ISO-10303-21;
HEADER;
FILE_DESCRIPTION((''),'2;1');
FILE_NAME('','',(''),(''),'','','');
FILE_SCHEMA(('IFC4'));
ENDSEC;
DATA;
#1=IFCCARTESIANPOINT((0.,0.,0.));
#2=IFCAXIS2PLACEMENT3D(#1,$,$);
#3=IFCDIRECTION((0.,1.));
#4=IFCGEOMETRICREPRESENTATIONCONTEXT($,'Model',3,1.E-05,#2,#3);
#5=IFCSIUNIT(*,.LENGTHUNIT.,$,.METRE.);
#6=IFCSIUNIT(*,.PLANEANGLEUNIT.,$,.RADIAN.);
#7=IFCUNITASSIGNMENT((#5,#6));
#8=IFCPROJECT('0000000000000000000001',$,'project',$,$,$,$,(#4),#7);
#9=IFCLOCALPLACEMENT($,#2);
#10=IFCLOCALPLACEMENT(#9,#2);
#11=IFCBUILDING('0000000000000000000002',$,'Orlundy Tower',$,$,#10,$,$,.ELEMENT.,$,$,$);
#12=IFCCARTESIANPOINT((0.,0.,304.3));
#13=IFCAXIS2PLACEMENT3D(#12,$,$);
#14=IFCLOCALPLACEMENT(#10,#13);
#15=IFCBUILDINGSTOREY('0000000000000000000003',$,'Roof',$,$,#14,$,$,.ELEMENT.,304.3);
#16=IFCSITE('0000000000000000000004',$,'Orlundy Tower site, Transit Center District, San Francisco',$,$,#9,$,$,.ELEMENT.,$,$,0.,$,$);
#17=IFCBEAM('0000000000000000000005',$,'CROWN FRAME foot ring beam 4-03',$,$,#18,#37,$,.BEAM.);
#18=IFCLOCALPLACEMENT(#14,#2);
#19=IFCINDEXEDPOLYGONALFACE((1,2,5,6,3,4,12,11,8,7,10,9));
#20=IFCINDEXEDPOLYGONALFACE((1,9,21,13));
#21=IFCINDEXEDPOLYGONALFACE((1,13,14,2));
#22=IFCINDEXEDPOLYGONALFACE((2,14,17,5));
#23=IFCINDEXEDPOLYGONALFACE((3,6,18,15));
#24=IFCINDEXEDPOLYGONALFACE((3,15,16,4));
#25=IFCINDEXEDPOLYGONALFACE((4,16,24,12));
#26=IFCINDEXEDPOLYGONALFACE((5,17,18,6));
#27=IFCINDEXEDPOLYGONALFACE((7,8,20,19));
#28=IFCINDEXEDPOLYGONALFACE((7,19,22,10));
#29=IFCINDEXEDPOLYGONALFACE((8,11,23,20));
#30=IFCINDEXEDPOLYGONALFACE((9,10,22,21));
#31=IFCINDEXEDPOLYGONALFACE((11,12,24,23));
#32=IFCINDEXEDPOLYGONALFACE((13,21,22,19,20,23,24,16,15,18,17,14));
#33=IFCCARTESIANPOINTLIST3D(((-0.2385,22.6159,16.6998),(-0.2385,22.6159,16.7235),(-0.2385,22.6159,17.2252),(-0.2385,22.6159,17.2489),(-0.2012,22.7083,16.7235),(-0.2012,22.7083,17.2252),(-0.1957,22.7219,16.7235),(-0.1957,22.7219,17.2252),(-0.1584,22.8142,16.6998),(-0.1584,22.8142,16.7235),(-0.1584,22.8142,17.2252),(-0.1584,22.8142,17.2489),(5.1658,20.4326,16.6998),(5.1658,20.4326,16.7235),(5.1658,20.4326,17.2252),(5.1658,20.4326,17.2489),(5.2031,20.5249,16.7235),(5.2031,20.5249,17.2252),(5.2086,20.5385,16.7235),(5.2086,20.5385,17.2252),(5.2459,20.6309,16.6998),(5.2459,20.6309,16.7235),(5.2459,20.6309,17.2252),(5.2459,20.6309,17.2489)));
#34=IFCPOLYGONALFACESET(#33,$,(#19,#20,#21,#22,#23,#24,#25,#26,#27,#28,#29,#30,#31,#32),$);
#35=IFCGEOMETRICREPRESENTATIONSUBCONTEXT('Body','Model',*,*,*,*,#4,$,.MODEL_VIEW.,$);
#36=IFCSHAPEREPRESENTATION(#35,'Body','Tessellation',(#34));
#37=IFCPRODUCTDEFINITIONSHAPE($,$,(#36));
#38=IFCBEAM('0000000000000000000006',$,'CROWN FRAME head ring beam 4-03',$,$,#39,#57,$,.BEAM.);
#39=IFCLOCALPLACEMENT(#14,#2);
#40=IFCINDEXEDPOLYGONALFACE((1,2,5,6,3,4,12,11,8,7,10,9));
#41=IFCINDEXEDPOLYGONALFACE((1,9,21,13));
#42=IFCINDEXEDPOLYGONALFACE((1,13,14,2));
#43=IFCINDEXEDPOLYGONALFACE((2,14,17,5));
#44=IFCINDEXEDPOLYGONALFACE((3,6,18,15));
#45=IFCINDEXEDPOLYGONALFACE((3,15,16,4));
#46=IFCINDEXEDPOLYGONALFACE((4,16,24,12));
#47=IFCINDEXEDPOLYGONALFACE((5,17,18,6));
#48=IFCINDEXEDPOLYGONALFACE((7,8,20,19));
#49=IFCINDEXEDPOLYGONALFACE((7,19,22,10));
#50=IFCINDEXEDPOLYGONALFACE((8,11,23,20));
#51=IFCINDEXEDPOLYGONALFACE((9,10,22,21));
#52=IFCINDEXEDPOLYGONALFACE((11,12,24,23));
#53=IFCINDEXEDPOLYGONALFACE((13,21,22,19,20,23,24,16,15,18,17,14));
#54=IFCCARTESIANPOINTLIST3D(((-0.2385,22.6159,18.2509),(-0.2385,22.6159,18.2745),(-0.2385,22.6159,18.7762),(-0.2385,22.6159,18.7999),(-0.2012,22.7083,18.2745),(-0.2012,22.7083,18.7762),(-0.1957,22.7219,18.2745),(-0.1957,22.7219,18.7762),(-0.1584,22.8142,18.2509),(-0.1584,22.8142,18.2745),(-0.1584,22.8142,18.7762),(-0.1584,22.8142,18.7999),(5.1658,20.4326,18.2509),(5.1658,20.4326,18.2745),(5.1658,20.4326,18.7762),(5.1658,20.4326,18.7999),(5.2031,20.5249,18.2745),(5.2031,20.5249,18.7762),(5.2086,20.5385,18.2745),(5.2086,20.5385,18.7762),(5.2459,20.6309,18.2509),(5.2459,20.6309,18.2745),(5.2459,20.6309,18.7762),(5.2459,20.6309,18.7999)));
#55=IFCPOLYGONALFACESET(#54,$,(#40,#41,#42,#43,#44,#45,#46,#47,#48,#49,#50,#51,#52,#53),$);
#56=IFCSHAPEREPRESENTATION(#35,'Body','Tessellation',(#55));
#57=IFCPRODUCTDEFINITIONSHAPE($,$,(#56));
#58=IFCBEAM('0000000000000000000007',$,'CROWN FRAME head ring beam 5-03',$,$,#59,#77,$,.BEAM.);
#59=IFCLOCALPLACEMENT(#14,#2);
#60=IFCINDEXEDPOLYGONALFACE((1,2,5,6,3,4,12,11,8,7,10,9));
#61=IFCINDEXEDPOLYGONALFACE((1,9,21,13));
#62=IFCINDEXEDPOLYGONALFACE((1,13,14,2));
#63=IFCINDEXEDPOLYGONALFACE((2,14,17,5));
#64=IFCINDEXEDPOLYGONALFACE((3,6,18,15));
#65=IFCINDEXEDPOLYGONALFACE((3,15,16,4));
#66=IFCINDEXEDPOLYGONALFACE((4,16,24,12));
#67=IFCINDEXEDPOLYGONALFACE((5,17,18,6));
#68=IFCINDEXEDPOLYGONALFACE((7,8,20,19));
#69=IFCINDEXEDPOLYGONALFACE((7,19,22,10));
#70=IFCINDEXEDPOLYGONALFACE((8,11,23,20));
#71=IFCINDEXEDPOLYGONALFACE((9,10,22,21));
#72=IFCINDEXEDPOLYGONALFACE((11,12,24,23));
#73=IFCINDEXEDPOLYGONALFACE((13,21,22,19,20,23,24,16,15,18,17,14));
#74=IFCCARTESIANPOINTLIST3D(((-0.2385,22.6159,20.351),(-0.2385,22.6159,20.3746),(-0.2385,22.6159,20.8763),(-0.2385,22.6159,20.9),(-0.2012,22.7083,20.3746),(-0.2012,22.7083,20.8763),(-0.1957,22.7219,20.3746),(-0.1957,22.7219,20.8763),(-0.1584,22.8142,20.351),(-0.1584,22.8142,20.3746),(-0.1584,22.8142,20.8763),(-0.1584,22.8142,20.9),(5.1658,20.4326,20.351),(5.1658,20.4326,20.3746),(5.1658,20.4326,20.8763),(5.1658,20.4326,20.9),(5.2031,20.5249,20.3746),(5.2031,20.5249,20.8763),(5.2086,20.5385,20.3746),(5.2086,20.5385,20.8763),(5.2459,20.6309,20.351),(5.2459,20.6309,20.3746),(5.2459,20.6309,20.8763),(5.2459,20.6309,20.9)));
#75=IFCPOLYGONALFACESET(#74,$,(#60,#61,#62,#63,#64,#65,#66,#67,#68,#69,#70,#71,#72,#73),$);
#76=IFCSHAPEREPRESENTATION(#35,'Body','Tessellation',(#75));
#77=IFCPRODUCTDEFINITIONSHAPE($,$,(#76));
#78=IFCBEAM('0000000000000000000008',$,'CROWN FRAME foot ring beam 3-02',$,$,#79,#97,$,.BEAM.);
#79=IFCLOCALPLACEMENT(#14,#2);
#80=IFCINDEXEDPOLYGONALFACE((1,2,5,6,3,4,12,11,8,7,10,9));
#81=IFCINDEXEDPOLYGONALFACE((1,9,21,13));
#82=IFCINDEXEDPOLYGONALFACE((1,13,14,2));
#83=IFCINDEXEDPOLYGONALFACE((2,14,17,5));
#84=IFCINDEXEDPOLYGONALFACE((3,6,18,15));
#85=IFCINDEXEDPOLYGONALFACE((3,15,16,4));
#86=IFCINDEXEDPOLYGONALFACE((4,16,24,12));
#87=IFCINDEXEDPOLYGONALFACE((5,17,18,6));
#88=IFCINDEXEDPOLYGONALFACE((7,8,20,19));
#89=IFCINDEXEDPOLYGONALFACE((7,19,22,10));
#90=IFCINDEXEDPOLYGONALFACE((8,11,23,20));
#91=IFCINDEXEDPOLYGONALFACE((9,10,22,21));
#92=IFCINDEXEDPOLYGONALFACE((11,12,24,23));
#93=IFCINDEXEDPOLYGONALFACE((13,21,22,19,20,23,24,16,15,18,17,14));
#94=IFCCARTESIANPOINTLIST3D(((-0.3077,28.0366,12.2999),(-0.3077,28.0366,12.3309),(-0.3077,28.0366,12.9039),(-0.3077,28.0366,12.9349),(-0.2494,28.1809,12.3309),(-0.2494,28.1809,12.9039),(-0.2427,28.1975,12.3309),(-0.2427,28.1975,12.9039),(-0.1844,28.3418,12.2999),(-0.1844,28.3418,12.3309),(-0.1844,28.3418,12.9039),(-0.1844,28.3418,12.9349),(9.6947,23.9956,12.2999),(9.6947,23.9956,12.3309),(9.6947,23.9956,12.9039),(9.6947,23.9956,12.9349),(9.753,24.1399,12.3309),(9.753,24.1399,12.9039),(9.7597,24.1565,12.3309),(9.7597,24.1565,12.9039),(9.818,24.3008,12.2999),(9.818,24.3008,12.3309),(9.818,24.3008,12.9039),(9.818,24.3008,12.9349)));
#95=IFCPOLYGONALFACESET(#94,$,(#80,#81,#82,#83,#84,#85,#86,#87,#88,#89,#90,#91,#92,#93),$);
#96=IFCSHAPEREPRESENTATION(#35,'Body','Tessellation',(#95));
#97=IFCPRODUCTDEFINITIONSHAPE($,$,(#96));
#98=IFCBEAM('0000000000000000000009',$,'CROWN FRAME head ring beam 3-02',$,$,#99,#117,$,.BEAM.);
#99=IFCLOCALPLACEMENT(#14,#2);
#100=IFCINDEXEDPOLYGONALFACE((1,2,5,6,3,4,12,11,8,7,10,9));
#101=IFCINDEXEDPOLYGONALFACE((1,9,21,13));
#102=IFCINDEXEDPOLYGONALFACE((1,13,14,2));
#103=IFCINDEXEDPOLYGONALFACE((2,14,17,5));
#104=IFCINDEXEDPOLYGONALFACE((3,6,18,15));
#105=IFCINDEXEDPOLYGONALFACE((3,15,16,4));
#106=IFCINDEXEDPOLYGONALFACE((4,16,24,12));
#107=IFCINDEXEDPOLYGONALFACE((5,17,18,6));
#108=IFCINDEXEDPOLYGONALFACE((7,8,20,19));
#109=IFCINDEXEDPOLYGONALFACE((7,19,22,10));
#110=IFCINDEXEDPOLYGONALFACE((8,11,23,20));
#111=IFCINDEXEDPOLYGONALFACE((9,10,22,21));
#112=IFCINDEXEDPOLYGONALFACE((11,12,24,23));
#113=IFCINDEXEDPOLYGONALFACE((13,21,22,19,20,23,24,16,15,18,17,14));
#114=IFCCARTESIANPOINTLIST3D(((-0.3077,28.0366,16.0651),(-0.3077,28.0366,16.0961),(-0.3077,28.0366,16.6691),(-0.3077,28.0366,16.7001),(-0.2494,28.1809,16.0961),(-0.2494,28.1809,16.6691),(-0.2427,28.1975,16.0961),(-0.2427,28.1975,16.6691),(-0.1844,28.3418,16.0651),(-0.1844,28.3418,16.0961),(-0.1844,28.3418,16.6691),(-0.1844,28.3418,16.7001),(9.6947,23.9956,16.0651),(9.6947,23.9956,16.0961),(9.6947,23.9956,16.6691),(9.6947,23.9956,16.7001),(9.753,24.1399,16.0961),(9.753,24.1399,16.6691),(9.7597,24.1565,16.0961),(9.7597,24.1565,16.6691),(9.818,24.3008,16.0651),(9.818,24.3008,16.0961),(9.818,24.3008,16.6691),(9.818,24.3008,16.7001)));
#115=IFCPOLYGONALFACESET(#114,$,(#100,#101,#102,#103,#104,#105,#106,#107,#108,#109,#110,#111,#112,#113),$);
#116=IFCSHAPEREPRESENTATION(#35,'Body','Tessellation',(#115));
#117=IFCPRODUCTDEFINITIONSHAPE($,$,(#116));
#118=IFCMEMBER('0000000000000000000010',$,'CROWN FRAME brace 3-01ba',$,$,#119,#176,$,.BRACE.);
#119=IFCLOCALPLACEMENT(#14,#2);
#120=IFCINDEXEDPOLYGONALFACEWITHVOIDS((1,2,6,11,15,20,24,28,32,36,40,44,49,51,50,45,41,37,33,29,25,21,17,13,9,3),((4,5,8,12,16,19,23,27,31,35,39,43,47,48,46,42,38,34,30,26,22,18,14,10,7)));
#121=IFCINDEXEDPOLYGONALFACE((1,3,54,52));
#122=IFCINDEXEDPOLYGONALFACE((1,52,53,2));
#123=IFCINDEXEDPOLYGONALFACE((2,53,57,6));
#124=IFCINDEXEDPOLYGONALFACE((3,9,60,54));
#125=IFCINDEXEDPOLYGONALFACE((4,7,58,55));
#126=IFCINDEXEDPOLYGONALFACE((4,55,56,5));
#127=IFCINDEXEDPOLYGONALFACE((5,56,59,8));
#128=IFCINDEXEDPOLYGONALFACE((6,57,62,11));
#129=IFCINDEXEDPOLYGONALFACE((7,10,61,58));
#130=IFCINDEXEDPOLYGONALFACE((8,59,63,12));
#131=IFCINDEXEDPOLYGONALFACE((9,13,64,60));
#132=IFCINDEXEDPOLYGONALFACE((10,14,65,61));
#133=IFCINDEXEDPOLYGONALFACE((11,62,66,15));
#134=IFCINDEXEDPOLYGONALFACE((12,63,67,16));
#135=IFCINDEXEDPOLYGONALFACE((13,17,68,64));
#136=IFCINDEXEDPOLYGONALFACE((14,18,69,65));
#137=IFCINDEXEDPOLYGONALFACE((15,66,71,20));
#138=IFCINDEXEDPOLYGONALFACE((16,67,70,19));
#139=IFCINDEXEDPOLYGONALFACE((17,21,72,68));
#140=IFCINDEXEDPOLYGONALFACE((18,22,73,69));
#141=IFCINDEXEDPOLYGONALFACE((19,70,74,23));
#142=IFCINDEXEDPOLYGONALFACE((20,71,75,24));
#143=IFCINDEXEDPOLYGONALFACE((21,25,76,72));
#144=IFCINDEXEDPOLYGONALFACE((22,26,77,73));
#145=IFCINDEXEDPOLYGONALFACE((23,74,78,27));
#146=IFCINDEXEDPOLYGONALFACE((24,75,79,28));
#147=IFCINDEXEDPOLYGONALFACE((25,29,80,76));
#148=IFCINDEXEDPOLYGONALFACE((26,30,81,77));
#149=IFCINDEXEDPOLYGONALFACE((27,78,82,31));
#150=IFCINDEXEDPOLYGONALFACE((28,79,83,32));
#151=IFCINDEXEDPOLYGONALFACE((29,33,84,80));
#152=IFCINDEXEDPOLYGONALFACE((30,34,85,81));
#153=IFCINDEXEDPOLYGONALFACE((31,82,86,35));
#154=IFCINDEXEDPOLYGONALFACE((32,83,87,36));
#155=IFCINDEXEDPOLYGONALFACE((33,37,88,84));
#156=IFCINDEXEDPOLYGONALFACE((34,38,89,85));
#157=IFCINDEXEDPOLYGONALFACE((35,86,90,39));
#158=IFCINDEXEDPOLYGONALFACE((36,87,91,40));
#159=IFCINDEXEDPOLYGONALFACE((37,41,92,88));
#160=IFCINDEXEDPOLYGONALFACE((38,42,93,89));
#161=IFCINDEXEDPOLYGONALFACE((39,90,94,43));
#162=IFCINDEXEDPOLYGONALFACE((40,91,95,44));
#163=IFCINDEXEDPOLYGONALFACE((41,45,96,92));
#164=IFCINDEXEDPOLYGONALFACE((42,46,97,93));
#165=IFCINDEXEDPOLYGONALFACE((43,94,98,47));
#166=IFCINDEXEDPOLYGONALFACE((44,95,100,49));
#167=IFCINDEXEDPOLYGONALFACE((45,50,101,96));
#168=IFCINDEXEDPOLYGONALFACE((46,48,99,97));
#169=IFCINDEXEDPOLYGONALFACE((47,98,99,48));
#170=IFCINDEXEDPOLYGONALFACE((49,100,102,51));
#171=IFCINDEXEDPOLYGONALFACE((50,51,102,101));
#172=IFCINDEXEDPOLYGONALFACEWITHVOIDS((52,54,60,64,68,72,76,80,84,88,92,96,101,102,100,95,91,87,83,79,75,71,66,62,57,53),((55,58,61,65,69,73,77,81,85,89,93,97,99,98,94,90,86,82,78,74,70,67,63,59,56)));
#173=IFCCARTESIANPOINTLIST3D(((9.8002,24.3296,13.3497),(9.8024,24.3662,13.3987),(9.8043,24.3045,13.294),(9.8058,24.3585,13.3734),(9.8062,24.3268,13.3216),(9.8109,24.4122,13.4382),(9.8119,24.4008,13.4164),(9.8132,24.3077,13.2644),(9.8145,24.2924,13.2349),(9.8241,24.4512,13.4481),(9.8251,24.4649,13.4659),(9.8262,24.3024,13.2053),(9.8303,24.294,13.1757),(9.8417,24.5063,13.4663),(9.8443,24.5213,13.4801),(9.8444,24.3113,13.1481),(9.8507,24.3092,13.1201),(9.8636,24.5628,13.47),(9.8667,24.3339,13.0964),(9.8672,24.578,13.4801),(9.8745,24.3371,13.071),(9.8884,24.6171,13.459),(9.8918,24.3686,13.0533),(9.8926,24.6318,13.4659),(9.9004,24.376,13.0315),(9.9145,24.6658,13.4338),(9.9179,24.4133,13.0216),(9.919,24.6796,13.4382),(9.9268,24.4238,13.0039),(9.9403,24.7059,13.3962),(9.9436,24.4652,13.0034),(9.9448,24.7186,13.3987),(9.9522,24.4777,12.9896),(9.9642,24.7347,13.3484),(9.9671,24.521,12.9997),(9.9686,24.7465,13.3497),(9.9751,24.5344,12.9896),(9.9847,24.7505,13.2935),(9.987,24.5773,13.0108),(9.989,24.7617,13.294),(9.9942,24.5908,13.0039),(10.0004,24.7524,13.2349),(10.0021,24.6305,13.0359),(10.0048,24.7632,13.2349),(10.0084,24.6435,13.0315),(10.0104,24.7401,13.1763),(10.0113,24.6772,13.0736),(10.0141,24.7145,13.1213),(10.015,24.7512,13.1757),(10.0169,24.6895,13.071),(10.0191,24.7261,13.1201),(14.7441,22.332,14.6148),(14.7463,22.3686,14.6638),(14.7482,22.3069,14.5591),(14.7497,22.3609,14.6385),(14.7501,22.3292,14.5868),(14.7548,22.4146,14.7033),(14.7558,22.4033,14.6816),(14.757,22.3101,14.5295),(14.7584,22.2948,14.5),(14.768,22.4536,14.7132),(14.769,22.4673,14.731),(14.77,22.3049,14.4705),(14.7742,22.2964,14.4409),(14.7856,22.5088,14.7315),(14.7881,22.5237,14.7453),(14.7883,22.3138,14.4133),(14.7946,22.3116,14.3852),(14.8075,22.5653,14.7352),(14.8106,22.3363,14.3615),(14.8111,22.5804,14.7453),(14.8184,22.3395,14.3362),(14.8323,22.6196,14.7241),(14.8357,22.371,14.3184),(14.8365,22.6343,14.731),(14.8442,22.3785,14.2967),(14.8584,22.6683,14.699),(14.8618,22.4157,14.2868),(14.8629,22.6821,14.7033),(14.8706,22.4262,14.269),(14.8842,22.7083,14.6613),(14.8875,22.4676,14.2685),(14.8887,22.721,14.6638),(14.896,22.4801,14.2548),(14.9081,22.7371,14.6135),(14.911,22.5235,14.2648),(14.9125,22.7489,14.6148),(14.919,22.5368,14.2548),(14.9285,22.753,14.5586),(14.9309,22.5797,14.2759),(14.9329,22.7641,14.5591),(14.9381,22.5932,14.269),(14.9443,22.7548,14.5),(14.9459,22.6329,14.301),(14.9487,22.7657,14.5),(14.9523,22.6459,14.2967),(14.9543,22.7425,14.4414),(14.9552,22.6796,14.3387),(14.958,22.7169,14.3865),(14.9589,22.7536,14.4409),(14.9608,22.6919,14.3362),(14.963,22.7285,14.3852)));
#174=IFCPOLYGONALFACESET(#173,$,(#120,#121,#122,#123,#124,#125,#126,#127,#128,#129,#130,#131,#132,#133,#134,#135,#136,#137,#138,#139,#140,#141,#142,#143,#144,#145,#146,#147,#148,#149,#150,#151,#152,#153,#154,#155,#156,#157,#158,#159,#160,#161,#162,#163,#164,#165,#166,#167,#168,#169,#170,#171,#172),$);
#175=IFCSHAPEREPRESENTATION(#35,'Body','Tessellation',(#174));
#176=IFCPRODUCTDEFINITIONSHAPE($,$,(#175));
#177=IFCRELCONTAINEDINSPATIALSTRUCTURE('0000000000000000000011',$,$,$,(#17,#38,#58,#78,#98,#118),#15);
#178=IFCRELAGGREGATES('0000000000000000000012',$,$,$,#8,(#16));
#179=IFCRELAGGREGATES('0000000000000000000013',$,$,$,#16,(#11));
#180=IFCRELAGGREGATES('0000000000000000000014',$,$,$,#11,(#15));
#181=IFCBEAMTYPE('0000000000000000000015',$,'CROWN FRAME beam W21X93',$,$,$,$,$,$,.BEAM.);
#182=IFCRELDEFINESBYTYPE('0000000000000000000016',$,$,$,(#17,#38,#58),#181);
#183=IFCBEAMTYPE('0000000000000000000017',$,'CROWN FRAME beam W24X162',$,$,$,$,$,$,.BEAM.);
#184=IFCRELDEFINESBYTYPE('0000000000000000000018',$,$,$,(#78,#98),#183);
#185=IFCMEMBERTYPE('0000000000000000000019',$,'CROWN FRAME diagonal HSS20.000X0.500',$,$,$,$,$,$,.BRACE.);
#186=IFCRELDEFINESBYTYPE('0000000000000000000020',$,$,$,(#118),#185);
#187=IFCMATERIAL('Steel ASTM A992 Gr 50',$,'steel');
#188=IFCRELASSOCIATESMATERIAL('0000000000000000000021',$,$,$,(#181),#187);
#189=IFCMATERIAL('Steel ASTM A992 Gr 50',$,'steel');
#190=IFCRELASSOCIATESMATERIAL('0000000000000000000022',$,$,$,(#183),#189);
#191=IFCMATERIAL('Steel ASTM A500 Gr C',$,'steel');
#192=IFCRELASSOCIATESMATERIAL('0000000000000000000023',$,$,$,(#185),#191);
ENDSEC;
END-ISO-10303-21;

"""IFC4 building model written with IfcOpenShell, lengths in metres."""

from ifc_helpers import new_model, si_unit, direction, frame, origin, origin_2d, place, context, subcontext, project, spatial, hollow_circle, i_section, extrude, material, material_profile, profile_set, type_object, element, save


model = new_model("IFC4")

# Units and contexts
model_context = context("Model", 3, precision=1e-05, world=origin(), true_north=direction((0.0, 1.0)))
body_context = subcontext(model_context, "Body", "Model", "MODEL_VIEW")
ifc_project = project(units=[si_unit("LENGTHUNIT", "METRE"), si_unit("PLANEANGLEUNIT", "RADIAN")], contexts=[model_context])

# Site, building, storey
site_placement = place(None, origin())
site = spatial("IfcSite", under=ifc_project, at=site_placement, Name="Orlundy Tower site, Transit Center District, San Francisco", CompositionType="ELEMENT", RefElevation=0.0)
building_placement = place(site_placement, origin())
building = spatial("IfcBuilding", under=site, at=building_placement, Name="Orlundy Tower", CompositionType="ELEMENT")
storey_placement = place(building_placement, frame((0.0, 0.0, 304.3)))
storey = spatial("IfcBuildingStorey", under=building, at=storey_placement, Name="Roof", CompositionType="ELEMENT", Elevation=304.3)

# Beams
ifc_material_1 = material(Name="Steel ASTM A992 Gr 50", Category="steel")
ifc_material_profile_1 = material_profile(ifc_material_1, i_section(OverallWidth=0.2139, OverallDepth=0.5491, WebThickness=0.0146, FlangeThickness=0.0237, at=origin_2d()), Name="W21X93")
ifc_profile_set_1 = profile_set([ifc_material_profile_1], Name="Steel ASTM A992 Gr 50")
beam_type_1 = type_object("IfcBeamType", Name="CROWN FRAME beam W21X93", PredefinedType="BEAM", material=ifc_profile_set_1)
for number, where, z_axis, x_axis, name in (
    (1, (5.2058, 20.5317, 16.9744), (-0.927191, 0.374588, 0.0), (-0.374588, -0.927191, 0.0), "CROWN FRAME foot ring beam 4-03"),
    (2, (5.2058, 20.5317, 18.5254), (-0.927191, 0.374588, 0.0), (-0.374588, -0.927191, 0.0), "CROWN FRAME head ring beam 4-03"),
    (3, (5.2058, 20.5317, 20.6255), (-0.927191, 0.374588, 0.0), (-0.374588, -0.927191, 0.0), "CROWN FRAME head ring beam 5-03"),
):
    element("IfcBeam", number, at=place(storey_placement, frame(where, z_axis=z_axis, x_axis=x_axis)), inside=storey, type_object=beam_type_1, Name=name, PredefinedType="BEAM", context=body_context, shape_type="SweptSolid", body=[
        extrude(i_section(OverallWidth=0.2139, OverallDepth=0.5491, WebThickness=0.0146, FlangeThickness=0.0237, at=origin_2d()), origin(), (0.0, 0.0, 1.0), 5.8286),
    ])
ifc_material_2 = material(Name="Steel ASTM A992 Gr 50", Category="steel")
ifc_material_profile_2 = material_profile(ifc_material_2, i_section(OverallWidth=0.3291, OverallDepth=0.635, WebThickness=0.0178, FlangeThickness=0.031, at=origin_2d()), Name="W24X162")
ifc_profile_set_2 = profile_set([ifc_material_profile_2], Name="Steel ASTM A992 Gr 50")
beam_type_2 = type_object("IfcBeamType", Name="CROWN FRAME beam W24X162", PredefinedType="BEAM", material=ifc_profile_set_2)
for number, where, z_axis, x_axis, name in (
    (4, (9.7563, 24.1482, 12.6174), (-0.927191, 0.374588, 0.0), (-0.374588, -0.927191, 0.0), "CROWN FRAME foot ring beam 3-02"),
    (5, (9.7563, 24.1482, 16.3826), (-0.927191, 0.374588, 0.0), (-0.374588, -0.927191, 0.0), "CROWN FRAME head ring beam 3-02"),
):
    element("IfcBeam", number, at=place(storey_placement, frame(where, z_axis=z_axis, x_axis=x_axis)), inside=storey, type_object=beam_type_2, Name=name, PredefinedType="BEAM", context=body_context, shape_type="SweptSolid", body=[
        extrude(i_section(OverallWidth=0.3291, OverallDepth=0.635, WebThickness=0.0178, FlangeThickness=0.031, at=origin_2d()), origin(), (0.0, 0.0, 1.0), 10.7878),
    ])

# Member
ifc_material_3 = material(Name="Steel ASTM A500 Gr C", Category="steel")
ifc_material_profile_3 = material_profile(ifc_material_3, hollow_circle(Radius=0.2539, WallThickness=0.0117, at=origin_2d()), Name="HSS20.000X0.500")
ifc_profile_set_3 = profile_set([ifc_material_profile_3], Name="Steel ASTM A500 Gr C")
member_type_1 = type_object("IfcMemberType", Name="CROWN FRAME diagonal HSS20.000X0.500", PredefinedType="BRACE", material=ifc_profile_set_3)
member_1_placement = place(storey_placement, frame((9.9097, 24.5278, 13.2349), z_axis=(0.902131, -0.364506, 0.230857), x_axis=(0.374625, 0.927176, 0.0)))
element("IfcMember", 6, at=member_1_placement, inside=storey, type_object=member_type_1, Name="CROWN FRAME brace 3-01ba", PredefinedType="BRACE", context=body_context, shape_type="SweptSolid", body=[
    extrude(hollow_circle(Radius=0.2539, WallThickness=0.0117, at=origin_2d()), origin(), (0.0, 0.0, 1.0), 5.4802),
])

save(model, "model.ifc")
